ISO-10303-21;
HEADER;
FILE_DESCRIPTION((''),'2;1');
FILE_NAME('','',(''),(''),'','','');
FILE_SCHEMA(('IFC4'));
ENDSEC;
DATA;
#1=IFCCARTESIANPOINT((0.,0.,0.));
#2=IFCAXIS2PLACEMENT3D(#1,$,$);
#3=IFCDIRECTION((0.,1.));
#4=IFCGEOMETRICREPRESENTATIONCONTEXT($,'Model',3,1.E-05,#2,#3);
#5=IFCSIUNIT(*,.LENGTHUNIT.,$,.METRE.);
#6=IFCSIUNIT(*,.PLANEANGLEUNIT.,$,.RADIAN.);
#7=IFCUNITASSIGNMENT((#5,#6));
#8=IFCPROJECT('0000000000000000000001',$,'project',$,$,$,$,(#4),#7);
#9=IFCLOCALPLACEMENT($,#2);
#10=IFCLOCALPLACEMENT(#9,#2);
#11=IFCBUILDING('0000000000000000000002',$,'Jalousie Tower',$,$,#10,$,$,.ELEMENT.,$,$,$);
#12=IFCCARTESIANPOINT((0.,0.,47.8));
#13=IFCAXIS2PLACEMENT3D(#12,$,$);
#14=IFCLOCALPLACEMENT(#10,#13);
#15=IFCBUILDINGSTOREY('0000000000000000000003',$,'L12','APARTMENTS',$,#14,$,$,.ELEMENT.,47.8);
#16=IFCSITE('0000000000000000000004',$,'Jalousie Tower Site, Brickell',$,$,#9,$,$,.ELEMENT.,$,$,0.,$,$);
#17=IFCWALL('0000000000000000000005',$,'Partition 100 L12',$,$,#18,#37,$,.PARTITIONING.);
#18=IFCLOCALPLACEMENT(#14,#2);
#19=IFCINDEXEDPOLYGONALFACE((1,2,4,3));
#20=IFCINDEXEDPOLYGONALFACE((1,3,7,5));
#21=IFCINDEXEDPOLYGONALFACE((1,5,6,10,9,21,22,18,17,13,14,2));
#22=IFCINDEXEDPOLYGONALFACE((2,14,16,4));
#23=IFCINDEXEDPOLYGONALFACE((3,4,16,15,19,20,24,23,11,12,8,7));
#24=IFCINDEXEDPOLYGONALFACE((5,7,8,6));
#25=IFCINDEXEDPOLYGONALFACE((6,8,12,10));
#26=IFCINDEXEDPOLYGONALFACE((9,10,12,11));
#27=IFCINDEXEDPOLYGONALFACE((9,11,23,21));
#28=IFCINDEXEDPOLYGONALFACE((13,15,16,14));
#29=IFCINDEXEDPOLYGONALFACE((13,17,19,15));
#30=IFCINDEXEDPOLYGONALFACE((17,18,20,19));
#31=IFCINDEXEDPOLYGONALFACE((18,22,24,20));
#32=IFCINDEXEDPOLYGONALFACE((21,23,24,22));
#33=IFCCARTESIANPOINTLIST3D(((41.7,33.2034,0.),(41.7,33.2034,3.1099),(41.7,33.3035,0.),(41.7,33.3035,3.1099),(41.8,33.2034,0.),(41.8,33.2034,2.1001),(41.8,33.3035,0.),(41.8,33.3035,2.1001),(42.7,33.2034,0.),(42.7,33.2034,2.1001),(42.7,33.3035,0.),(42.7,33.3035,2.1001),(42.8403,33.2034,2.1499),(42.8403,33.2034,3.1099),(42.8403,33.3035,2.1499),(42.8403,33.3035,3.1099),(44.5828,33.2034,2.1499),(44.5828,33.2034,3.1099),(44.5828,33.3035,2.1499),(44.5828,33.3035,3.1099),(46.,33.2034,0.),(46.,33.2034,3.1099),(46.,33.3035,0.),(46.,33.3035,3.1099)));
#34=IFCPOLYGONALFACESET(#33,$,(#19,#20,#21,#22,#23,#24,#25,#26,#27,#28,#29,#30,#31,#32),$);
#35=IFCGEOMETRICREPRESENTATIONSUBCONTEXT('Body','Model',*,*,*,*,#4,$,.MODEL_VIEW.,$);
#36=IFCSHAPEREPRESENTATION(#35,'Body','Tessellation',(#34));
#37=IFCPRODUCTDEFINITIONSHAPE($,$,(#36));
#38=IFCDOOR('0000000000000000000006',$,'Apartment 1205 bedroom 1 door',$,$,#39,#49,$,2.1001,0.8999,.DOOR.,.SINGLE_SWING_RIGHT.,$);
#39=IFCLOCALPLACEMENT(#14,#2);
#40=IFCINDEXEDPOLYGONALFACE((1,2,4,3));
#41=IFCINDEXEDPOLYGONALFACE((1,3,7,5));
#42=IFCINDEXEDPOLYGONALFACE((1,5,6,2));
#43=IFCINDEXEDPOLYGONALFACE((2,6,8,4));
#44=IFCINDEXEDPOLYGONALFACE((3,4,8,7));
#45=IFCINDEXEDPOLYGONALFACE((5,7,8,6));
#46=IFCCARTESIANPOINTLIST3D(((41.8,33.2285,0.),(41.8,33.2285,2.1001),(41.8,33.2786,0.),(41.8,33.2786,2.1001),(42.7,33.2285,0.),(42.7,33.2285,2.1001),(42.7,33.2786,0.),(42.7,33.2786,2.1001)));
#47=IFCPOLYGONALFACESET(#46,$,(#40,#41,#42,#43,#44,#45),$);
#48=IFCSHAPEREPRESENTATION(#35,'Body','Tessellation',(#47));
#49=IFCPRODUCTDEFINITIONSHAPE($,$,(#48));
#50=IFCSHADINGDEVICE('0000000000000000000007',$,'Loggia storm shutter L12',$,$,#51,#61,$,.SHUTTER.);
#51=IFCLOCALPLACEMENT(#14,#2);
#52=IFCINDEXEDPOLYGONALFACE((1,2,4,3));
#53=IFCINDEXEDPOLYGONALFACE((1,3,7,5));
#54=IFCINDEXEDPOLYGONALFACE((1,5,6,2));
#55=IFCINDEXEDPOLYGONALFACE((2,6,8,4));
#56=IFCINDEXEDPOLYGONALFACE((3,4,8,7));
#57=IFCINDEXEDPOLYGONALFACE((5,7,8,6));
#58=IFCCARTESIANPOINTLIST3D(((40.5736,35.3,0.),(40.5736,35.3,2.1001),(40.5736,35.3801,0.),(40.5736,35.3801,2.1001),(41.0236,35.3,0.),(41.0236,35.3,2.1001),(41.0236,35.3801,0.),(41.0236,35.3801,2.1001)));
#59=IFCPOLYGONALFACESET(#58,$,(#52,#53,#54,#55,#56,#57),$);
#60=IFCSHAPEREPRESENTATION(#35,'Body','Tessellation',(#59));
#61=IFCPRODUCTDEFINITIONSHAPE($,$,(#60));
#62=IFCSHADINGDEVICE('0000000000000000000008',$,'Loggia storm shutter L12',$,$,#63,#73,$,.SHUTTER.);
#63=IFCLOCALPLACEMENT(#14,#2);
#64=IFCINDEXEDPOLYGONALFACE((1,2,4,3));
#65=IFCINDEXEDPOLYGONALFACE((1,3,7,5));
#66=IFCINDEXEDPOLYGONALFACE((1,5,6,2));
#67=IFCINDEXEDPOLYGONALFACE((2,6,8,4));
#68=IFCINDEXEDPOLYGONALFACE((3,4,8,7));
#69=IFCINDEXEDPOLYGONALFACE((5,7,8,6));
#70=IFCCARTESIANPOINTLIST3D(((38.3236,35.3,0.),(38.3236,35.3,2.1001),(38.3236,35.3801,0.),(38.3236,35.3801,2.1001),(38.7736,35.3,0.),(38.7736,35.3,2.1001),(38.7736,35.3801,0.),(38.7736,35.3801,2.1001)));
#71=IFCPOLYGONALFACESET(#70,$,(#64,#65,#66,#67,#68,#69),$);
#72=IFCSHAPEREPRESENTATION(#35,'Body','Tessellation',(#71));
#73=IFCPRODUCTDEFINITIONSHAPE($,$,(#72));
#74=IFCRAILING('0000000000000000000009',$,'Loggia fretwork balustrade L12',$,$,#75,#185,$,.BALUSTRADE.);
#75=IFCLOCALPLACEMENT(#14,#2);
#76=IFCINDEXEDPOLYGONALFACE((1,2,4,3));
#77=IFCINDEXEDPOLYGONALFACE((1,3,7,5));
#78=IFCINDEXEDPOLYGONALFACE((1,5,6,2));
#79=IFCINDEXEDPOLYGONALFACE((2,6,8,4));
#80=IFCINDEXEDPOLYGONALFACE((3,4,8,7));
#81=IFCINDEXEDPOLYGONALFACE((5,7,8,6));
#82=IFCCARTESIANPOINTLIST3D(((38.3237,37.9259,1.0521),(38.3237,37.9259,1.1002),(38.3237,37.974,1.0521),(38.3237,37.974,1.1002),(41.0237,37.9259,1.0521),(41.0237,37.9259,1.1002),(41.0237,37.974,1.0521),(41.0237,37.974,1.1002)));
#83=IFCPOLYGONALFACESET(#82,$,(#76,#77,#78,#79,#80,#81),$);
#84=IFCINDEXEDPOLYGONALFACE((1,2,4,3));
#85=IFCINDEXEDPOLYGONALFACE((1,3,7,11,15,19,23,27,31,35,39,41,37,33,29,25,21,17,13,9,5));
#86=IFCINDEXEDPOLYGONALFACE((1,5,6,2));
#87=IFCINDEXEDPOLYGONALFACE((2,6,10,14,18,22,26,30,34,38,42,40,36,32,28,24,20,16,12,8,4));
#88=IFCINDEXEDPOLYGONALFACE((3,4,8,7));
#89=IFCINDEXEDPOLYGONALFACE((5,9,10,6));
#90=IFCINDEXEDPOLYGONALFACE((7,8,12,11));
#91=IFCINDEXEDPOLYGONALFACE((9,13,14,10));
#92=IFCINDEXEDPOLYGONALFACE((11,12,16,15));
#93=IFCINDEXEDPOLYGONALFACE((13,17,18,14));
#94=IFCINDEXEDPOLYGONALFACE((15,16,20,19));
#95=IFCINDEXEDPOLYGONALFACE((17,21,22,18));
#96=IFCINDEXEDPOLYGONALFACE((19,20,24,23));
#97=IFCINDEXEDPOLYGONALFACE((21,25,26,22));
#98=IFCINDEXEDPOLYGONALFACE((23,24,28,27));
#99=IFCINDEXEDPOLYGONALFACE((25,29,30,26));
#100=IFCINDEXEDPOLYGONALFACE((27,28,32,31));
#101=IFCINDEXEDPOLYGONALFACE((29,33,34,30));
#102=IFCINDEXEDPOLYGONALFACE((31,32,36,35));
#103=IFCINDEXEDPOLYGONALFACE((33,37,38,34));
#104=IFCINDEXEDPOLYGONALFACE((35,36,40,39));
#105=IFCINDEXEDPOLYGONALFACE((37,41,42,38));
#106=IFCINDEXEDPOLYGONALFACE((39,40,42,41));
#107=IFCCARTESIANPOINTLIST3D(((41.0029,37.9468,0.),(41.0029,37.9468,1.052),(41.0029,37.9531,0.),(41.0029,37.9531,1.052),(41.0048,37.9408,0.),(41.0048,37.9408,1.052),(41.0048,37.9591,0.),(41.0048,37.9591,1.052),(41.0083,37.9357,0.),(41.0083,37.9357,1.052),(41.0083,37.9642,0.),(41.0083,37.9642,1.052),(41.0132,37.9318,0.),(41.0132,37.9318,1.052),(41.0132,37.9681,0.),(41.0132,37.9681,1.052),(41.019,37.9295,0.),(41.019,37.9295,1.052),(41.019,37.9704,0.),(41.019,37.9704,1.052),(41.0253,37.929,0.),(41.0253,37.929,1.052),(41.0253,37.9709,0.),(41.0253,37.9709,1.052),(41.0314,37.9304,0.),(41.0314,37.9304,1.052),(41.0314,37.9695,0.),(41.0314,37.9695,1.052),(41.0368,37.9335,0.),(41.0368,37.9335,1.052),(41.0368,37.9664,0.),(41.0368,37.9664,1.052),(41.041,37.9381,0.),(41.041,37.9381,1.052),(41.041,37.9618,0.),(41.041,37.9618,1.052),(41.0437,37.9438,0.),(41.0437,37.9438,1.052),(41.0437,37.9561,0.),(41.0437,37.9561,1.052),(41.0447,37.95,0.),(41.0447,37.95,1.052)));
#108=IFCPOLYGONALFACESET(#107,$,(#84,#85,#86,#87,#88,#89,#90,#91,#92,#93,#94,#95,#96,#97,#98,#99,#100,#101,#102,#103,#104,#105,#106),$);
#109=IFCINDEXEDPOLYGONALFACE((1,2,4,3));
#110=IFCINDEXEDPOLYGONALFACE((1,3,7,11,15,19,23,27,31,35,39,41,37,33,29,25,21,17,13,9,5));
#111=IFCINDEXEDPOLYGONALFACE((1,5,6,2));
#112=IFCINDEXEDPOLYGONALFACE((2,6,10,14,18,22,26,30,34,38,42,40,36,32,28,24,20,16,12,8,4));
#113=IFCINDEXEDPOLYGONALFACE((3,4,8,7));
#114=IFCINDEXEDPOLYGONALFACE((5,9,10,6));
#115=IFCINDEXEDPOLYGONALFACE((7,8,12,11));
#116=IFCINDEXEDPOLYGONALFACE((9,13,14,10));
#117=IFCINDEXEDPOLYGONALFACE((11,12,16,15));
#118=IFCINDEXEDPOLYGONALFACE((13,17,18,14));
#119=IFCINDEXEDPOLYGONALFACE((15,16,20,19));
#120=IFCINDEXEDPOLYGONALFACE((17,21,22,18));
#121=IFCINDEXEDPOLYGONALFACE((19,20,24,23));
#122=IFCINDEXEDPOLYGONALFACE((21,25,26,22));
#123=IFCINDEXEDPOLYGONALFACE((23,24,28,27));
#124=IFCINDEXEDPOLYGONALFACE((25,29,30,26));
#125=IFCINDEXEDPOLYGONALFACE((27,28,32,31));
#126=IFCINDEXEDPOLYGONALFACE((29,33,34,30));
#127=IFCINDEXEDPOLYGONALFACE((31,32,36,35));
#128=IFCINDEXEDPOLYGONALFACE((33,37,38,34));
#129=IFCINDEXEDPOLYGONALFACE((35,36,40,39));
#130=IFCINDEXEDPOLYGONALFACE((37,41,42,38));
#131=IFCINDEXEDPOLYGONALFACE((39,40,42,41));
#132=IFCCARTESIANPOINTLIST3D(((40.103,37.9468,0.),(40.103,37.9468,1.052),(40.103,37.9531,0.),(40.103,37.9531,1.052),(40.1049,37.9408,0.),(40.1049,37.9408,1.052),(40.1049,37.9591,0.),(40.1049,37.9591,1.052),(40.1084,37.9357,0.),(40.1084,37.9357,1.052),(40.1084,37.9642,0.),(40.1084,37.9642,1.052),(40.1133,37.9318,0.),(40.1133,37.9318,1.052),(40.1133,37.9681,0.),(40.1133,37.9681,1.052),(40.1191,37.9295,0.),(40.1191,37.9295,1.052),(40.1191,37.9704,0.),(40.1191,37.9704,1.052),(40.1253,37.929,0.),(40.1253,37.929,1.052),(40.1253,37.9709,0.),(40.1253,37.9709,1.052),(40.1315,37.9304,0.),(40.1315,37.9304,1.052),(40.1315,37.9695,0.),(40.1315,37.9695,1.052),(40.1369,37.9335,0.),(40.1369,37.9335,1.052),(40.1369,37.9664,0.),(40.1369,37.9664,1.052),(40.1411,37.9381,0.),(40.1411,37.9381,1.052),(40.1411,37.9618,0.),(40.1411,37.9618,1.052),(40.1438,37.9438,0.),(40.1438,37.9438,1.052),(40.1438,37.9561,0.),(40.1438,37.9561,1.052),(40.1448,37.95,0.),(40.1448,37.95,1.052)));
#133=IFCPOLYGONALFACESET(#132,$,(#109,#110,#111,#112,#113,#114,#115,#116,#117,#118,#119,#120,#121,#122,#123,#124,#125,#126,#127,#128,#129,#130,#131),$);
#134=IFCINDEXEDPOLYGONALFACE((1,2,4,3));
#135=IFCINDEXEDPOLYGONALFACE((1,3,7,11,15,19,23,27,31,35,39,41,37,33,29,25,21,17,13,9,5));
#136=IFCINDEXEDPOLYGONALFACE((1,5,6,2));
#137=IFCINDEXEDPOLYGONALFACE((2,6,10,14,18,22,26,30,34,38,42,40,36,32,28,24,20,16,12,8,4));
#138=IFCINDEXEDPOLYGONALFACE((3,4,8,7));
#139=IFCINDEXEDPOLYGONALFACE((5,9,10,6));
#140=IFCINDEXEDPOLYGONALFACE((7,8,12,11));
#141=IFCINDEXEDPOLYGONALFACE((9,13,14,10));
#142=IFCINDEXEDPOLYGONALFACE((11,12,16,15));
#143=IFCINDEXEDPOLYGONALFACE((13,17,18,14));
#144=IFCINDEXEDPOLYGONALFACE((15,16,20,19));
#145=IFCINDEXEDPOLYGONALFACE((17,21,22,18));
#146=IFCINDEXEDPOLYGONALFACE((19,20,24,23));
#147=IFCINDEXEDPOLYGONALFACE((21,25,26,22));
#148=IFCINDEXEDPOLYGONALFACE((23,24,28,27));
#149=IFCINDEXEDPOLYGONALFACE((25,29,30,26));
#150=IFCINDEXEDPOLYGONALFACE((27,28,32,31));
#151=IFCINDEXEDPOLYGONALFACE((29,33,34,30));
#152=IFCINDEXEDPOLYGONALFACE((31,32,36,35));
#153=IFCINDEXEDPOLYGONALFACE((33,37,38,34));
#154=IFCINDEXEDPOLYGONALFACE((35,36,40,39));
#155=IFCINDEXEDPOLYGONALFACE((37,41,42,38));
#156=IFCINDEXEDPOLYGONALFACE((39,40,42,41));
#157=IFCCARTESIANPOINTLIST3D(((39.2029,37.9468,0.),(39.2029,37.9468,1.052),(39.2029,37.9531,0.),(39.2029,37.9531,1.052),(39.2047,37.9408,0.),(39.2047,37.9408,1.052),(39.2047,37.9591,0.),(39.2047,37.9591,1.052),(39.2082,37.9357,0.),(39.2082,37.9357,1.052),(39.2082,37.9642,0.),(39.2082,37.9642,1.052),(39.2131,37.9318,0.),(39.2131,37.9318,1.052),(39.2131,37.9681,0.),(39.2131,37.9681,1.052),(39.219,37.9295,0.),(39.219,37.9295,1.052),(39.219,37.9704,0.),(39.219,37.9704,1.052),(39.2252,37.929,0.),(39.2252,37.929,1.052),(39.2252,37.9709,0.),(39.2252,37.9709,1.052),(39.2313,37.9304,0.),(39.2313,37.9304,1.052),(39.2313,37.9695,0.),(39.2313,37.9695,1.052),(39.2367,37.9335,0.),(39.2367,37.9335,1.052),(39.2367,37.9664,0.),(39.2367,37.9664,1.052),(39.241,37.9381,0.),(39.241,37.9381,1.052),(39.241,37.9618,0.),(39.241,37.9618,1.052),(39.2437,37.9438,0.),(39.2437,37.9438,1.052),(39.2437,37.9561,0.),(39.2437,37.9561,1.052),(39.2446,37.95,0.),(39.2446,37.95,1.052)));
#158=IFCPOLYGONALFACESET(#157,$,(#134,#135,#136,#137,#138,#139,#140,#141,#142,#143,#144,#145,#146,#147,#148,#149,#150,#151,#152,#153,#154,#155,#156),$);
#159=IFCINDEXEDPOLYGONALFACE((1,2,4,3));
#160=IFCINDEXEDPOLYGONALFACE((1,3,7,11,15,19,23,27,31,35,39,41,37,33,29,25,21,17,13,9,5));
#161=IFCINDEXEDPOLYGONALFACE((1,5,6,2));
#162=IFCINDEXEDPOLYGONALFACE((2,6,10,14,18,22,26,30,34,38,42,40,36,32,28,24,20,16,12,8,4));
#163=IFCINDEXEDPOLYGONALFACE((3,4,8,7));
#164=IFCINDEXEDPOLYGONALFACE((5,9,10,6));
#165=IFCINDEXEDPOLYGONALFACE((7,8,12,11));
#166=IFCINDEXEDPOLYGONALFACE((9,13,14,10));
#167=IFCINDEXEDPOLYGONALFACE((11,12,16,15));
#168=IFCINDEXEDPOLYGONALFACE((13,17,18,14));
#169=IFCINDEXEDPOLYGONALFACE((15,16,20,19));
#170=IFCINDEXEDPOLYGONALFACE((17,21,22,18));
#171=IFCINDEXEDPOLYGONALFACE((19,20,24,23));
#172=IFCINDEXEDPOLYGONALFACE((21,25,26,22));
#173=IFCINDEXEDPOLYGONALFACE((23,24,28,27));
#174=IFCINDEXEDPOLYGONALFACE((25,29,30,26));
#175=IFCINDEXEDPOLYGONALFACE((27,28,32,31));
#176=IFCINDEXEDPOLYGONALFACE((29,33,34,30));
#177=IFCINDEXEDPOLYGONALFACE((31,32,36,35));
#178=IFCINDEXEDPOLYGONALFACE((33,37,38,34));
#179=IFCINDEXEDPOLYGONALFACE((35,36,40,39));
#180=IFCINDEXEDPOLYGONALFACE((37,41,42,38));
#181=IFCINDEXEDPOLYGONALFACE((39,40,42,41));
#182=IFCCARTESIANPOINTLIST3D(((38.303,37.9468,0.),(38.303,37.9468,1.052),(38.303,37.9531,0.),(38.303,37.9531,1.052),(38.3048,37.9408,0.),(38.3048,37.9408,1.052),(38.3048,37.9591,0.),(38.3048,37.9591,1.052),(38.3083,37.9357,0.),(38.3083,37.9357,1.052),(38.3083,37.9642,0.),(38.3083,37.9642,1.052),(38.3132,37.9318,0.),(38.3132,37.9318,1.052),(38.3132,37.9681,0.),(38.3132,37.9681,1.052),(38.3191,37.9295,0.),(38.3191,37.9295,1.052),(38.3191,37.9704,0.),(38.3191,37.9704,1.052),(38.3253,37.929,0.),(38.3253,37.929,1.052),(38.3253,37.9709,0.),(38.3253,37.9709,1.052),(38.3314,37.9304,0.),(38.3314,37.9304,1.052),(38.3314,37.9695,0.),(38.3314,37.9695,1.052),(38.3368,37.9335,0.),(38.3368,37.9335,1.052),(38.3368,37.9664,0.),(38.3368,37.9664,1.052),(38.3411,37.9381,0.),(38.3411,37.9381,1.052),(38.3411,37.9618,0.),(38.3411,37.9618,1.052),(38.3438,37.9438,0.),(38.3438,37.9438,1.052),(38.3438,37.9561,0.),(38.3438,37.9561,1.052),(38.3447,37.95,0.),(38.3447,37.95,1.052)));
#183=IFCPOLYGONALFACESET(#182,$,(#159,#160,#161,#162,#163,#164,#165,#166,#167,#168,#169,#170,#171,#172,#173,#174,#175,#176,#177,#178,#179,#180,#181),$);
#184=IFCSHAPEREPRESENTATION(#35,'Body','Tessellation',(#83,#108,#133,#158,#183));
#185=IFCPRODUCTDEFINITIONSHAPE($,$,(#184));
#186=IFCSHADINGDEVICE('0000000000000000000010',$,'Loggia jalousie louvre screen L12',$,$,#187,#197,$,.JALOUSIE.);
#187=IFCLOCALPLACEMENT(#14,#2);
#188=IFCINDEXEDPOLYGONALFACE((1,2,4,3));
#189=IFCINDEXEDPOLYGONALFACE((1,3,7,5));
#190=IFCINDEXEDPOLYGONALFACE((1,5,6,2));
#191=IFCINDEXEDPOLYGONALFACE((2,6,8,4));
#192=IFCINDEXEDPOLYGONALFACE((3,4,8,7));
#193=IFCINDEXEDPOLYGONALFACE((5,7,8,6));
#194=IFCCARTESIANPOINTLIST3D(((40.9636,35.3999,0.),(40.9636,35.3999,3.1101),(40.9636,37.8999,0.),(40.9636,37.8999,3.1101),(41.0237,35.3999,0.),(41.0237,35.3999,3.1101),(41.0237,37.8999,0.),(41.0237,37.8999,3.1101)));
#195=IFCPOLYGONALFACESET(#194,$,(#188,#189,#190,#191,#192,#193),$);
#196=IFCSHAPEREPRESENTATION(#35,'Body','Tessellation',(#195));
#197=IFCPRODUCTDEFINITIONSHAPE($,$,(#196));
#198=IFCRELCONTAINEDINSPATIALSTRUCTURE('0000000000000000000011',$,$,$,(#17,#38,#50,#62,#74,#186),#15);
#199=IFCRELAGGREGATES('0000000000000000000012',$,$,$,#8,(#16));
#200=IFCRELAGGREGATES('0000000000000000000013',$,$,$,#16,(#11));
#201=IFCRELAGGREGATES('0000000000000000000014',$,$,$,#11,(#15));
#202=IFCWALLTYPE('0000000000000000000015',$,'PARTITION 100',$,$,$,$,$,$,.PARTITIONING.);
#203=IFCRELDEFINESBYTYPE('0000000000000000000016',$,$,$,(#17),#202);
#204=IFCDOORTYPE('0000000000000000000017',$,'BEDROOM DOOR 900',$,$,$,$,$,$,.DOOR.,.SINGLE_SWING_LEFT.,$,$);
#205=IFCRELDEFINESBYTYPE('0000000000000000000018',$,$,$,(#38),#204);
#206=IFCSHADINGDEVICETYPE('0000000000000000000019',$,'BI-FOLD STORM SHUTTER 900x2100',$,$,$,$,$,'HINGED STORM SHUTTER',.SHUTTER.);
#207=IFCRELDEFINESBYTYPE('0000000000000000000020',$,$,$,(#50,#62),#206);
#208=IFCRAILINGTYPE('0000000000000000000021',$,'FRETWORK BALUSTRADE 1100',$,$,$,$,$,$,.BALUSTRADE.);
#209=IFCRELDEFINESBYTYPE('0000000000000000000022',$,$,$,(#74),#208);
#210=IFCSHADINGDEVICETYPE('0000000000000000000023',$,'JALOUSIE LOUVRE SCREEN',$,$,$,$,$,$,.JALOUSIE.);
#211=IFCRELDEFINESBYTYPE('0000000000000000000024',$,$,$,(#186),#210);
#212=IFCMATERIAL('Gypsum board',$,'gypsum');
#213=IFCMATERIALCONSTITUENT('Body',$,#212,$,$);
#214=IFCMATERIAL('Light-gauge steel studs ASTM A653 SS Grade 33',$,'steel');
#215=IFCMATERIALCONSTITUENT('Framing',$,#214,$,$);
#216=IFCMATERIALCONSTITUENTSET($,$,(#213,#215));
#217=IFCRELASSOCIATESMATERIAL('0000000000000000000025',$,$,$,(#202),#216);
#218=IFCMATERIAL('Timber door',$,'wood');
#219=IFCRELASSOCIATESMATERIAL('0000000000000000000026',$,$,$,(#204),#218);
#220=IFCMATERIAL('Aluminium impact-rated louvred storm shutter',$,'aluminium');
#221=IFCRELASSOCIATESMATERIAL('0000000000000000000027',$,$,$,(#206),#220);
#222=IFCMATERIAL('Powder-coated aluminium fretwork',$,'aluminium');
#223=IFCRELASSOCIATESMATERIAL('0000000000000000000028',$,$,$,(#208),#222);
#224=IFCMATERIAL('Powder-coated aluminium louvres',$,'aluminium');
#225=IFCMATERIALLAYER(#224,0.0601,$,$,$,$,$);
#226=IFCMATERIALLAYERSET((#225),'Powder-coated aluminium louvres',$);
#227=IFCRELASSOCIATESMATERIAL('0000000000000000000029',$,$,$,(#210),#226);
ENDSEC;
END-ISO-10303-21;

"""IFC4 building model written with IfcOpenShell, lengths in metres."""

from ifc_helpers import new_model, si_unit, direction, frame, frame_2d, origin, origin_2d, place, context, subcontext, project, spatial, polyline, rectangle, circle, outline, extrude, material, layer, layer_set, constituent, constituent_set, type_object, element, fill, save


model = new_model("IFC4")

# Units and contexts
model_context = context("Model", 3, precision=1e-05, world=origin(), true_north=direction((0.0, 1.0)))
body_context = subcontext(model_context, "Body", "Model", "MODEL_VIEW")
ifc_project = project(units=[si_unit("LENGTHUNIT", "METRE"), si_unit("PLANEANGLEUNIT", "RADIAN")], contexts=[model_context])

# Site, building, storey
site_placement = place(None, origin())
site = spatial("IfcSite", under=ifc_project, at=site_placement, Name="Jalousie Tower Site, Brickell", CompositionType="ELEMENT", RefElevation=0.0)
building_placement = place(site_placement, origin())
building = spatial("IfcBuilding", under=site, at=building_placement, Name="Jalousie Tower", CompositionType="ELEMENT")
storey_placement = place(building_placement, frame((0.0, 0.0, 47.8)))
storey = spatial("IfcBuildingStorey", under=building, at=storey_placement, Name="L12", Description="APARTMENTS", CompositionType="ELEMENT", Elevation=47.8)

# Wall, opening, door
ifc_material_1 = material(Name="Gypsum board", Category="gypsum")
ifc_constituent_1 = constituent(ifc_material_1, Name="Body")
ifc_material_2 = material(Name="Light-gauge steel studs ASTM A653 SS Grade 33", Category="steel")
ifc_constituent_2 = constituent(ifc_material_2, Name="Framing")
ifc_constituent_set_1 = constituent_set(constituents=[ifc_constituent_1, ifc_constituent_2])
wall_type_1 = type_object("IfcWallType", Name="PARTITION 100", PredefinedType="PARTITIONING", material=ifc_constituent_set_1)
wall_1_placement = place(storey_placement, frame((41.7, 33.2534, 0.0), z_axis=(0.0, 0.0, 1.0), x_axis=(1.0, 0.0, 0.0)))
wall_1 = element("IfcWall", 1, at=wall_1_placement, inside=storey, type_object=wall_type_1, Name="Partition 100 L12", PredefinedType="PARTITIONING", context=body_context, shape_type="SweptSolid", body=[
    extrude(outline(polyline([(0.0, 0.0), (4.3, 0.0), (4.3, 3.1099), (2.8828, 3.1099), (2.8828, 2.1499), (1.1404, 2.1499), (1.1404, 3.1099), (0.0, 3.1099), (0.0, 0.0)])), frame((0.0, 0.05, 0.0), z_axis=(0.0, -1.0, 0.0), x_axis=(1.0, 0.0, 0.0)), (0.0, 0.0, 1.0), 0.1001),
])
opening_1_placement = place(wall_1_placement, frame((0.1001, 0.0, 0.0)))
opening_1 = element("IfcOpeningElement", 2, at=opening_1_placement, cuts=wall_1, PredefinedType="OPENING", context=body_context, shape_type="SweptSolid", body=[
    extrude(rectangle(XDim=0.8999, YDim=2.1001, at=frame_2d((0.45, 1.05))), frame((0.0, 0.0601, 0.0), z_axis=(0.0, -1.0, 0.0), x_axis=(1.0, 0.0, 0.0)), (0.0, 0.0, 1.0), 0.1201),
])
ifc_material_3 = material(Name="Timber door", Category="wood")
door_type_1 = type_object("IfcDoorType", Name="BEDROOM DOOR 900", OperationType="SINGLE_SWING_LEFT", PredefinedType="DOOR", material=ifc_material_3)
door_1_placement = place(opening_1_placement, frame((0.8999, 0.0, 0.0), z_axis=(0.0, 0.0, 1.0), x_axis=(-1.0, 0.0, 0.0)))
door_1 = element("IfcDoor", 3, at=door_1_placement, inside=storey, type_object=door_type_1, Name="Apartment 1205 bedroom 1 door", OperationType="SINGLE_SWING_RIGHT", OverallHeight=2.1001, OverallWidth=0.8999, PredefinedType="DOOR", context=body_context, shape_type="SweptSolid", body=[
    extrude(rectangle(XDim=0.8999, YDim=2.1001, at=frame_2d((0.45, 1.05))), frame((0.0, 0.0249, 0.0), z_axis=(0.0, -1.0, 0.0), x_axis=(1.0, 0.0, 0.0)), (0.0, 0.0, 1.0), 0.05),
])
fill(opening_1, door_1)

# Shading devices
ifc_material_4 = material(Name="Aluminium impact-rated louvred storm shutter", Category="aluminium")
shading_device_type_1 = type_object("IfcShadingDeviceType", Name="BI-FOLD STORM SHUTTER 900x2100", ElementType="HINGED STORM SHUTTER", PredefinedType="SHUTTER", material=ifc_material_4)
for number, where, z_axis, x_axis, name in (
    (4, (40.7986, 35.3401, 0.0), (0.0, 0.0, 1.0), (-1.0, 0.0, 0.0), "Loggia storm shutter L12"),
    (5, (38.5486, 35.3401, 0.0), (0.0, 0.0, 1.0), (-1.0, 0.0, 0.0), "Loggia storm shutter L12"),
):
    element("IfcShadingDevice", number, at=place(storey_placement, frame(where, z_axis=z_axis, x_axis=x_axis)), inside=storey, type_object=shading_device_type_1, Name=name, PredefinedType="SHUTTER", context=body_context, shape_type="SweptSolid", body=[
        extrude(rectangle(XDim=0.45, YDim=0.0801, at=origin_2d()), origin(), (0.0, 0.0, 1.0), 2.1001),
    ])

# Railing
ifc_material_5 = material(Name="Powder-coated aluminium fretwork", Category="aluminium")
railing_type = type_object("IfcRailingType", Name="FRETWORK BALUSTRADE 1100", PredefinedType="BALUSTRADE", material=ifc_material_5)
railing_placement = place(storey_placement, frame((41.0237, 37.95, 0.0)))
element("IfcRailing", 6, at=railing_placement, inside=storey, type_object=railing_type, Name="Loggia fretwork balustrade L12", PredefinedType="BALUSTRADE", context=body_context, shape_type="SweptSolid", body=[
    extrude(rectangle(XDim=0.0481, YDim=0.0481, at=origin_2d()), frame((0.0, 0.0, 1.0762), z_axis=(-1.0, 0.0, 0.0), x_axis=(0.0, -1.0, 0.0)), (0.0, 0.0, 1.0), 2.7),
    extrude(circle(Radius=0.021, at=origin_2d()), origin(), (0.0, 0.0, 1.0), 1.052),
    extrude(circle(Radius=0.021, at=origin_2d()), frame((-0.8999, 0.0, 0.0)), (0.0, 0.0, 1.0), 1.052),
    extrude(circle(Radius=0.021, at=origin_2d()), frame((-1.8, 0.0, 0.0)), (0.0, 0.0, 1.0), 1.052),
    extrude(circle(Radius=0.021, at=origin_2d()), frame((-2.7, 0.0, 0.0)), (0.0, 0.0, 1.0), 1.052),
])

# Shading device
ifc_material_6 = material(Name="Powder-coated aluminium louvres", Category="aluminium")
ifc_layer_1 = layer(ifc_material_6, 0.0601)
ifc_layer_set_1 = layer_set([ifc_layer_1], Name="Powder-coated aluminium louvres")
shading_device_type_2 = type_object("IfcShadingDeviceType", Name="JALOUSIE LOUVRE SCREEN", PredefinedType="JALOUSIE", material=ifc_layer_set_1)
for number, where, z_axis, x_axis, name in (
    (7, (40.9937, 36.6499, 0.0), (0.0, 0.0, 1.0), (-1.0, 0.0, 0.0), "Loggia jalousie louvre screen L12"),
):
    element("IfcShadingDevice", number, at=place(storey_placement, frame(where, z_axis=z_axis, x_axis=x_axis)), inside=storey, type_object=shading_device_type_2, Name=name, PredefinedType="JALOUSIE", context=body_context, shape_type="SweptSolid", body=[
        extrude(rectangle(XDim=0.0601, YDim=2.5, at=origin_2d()), origin(), (0.0, 0.0, 1.0), 3.1101),
    ])

save(model, "model.ifc")
